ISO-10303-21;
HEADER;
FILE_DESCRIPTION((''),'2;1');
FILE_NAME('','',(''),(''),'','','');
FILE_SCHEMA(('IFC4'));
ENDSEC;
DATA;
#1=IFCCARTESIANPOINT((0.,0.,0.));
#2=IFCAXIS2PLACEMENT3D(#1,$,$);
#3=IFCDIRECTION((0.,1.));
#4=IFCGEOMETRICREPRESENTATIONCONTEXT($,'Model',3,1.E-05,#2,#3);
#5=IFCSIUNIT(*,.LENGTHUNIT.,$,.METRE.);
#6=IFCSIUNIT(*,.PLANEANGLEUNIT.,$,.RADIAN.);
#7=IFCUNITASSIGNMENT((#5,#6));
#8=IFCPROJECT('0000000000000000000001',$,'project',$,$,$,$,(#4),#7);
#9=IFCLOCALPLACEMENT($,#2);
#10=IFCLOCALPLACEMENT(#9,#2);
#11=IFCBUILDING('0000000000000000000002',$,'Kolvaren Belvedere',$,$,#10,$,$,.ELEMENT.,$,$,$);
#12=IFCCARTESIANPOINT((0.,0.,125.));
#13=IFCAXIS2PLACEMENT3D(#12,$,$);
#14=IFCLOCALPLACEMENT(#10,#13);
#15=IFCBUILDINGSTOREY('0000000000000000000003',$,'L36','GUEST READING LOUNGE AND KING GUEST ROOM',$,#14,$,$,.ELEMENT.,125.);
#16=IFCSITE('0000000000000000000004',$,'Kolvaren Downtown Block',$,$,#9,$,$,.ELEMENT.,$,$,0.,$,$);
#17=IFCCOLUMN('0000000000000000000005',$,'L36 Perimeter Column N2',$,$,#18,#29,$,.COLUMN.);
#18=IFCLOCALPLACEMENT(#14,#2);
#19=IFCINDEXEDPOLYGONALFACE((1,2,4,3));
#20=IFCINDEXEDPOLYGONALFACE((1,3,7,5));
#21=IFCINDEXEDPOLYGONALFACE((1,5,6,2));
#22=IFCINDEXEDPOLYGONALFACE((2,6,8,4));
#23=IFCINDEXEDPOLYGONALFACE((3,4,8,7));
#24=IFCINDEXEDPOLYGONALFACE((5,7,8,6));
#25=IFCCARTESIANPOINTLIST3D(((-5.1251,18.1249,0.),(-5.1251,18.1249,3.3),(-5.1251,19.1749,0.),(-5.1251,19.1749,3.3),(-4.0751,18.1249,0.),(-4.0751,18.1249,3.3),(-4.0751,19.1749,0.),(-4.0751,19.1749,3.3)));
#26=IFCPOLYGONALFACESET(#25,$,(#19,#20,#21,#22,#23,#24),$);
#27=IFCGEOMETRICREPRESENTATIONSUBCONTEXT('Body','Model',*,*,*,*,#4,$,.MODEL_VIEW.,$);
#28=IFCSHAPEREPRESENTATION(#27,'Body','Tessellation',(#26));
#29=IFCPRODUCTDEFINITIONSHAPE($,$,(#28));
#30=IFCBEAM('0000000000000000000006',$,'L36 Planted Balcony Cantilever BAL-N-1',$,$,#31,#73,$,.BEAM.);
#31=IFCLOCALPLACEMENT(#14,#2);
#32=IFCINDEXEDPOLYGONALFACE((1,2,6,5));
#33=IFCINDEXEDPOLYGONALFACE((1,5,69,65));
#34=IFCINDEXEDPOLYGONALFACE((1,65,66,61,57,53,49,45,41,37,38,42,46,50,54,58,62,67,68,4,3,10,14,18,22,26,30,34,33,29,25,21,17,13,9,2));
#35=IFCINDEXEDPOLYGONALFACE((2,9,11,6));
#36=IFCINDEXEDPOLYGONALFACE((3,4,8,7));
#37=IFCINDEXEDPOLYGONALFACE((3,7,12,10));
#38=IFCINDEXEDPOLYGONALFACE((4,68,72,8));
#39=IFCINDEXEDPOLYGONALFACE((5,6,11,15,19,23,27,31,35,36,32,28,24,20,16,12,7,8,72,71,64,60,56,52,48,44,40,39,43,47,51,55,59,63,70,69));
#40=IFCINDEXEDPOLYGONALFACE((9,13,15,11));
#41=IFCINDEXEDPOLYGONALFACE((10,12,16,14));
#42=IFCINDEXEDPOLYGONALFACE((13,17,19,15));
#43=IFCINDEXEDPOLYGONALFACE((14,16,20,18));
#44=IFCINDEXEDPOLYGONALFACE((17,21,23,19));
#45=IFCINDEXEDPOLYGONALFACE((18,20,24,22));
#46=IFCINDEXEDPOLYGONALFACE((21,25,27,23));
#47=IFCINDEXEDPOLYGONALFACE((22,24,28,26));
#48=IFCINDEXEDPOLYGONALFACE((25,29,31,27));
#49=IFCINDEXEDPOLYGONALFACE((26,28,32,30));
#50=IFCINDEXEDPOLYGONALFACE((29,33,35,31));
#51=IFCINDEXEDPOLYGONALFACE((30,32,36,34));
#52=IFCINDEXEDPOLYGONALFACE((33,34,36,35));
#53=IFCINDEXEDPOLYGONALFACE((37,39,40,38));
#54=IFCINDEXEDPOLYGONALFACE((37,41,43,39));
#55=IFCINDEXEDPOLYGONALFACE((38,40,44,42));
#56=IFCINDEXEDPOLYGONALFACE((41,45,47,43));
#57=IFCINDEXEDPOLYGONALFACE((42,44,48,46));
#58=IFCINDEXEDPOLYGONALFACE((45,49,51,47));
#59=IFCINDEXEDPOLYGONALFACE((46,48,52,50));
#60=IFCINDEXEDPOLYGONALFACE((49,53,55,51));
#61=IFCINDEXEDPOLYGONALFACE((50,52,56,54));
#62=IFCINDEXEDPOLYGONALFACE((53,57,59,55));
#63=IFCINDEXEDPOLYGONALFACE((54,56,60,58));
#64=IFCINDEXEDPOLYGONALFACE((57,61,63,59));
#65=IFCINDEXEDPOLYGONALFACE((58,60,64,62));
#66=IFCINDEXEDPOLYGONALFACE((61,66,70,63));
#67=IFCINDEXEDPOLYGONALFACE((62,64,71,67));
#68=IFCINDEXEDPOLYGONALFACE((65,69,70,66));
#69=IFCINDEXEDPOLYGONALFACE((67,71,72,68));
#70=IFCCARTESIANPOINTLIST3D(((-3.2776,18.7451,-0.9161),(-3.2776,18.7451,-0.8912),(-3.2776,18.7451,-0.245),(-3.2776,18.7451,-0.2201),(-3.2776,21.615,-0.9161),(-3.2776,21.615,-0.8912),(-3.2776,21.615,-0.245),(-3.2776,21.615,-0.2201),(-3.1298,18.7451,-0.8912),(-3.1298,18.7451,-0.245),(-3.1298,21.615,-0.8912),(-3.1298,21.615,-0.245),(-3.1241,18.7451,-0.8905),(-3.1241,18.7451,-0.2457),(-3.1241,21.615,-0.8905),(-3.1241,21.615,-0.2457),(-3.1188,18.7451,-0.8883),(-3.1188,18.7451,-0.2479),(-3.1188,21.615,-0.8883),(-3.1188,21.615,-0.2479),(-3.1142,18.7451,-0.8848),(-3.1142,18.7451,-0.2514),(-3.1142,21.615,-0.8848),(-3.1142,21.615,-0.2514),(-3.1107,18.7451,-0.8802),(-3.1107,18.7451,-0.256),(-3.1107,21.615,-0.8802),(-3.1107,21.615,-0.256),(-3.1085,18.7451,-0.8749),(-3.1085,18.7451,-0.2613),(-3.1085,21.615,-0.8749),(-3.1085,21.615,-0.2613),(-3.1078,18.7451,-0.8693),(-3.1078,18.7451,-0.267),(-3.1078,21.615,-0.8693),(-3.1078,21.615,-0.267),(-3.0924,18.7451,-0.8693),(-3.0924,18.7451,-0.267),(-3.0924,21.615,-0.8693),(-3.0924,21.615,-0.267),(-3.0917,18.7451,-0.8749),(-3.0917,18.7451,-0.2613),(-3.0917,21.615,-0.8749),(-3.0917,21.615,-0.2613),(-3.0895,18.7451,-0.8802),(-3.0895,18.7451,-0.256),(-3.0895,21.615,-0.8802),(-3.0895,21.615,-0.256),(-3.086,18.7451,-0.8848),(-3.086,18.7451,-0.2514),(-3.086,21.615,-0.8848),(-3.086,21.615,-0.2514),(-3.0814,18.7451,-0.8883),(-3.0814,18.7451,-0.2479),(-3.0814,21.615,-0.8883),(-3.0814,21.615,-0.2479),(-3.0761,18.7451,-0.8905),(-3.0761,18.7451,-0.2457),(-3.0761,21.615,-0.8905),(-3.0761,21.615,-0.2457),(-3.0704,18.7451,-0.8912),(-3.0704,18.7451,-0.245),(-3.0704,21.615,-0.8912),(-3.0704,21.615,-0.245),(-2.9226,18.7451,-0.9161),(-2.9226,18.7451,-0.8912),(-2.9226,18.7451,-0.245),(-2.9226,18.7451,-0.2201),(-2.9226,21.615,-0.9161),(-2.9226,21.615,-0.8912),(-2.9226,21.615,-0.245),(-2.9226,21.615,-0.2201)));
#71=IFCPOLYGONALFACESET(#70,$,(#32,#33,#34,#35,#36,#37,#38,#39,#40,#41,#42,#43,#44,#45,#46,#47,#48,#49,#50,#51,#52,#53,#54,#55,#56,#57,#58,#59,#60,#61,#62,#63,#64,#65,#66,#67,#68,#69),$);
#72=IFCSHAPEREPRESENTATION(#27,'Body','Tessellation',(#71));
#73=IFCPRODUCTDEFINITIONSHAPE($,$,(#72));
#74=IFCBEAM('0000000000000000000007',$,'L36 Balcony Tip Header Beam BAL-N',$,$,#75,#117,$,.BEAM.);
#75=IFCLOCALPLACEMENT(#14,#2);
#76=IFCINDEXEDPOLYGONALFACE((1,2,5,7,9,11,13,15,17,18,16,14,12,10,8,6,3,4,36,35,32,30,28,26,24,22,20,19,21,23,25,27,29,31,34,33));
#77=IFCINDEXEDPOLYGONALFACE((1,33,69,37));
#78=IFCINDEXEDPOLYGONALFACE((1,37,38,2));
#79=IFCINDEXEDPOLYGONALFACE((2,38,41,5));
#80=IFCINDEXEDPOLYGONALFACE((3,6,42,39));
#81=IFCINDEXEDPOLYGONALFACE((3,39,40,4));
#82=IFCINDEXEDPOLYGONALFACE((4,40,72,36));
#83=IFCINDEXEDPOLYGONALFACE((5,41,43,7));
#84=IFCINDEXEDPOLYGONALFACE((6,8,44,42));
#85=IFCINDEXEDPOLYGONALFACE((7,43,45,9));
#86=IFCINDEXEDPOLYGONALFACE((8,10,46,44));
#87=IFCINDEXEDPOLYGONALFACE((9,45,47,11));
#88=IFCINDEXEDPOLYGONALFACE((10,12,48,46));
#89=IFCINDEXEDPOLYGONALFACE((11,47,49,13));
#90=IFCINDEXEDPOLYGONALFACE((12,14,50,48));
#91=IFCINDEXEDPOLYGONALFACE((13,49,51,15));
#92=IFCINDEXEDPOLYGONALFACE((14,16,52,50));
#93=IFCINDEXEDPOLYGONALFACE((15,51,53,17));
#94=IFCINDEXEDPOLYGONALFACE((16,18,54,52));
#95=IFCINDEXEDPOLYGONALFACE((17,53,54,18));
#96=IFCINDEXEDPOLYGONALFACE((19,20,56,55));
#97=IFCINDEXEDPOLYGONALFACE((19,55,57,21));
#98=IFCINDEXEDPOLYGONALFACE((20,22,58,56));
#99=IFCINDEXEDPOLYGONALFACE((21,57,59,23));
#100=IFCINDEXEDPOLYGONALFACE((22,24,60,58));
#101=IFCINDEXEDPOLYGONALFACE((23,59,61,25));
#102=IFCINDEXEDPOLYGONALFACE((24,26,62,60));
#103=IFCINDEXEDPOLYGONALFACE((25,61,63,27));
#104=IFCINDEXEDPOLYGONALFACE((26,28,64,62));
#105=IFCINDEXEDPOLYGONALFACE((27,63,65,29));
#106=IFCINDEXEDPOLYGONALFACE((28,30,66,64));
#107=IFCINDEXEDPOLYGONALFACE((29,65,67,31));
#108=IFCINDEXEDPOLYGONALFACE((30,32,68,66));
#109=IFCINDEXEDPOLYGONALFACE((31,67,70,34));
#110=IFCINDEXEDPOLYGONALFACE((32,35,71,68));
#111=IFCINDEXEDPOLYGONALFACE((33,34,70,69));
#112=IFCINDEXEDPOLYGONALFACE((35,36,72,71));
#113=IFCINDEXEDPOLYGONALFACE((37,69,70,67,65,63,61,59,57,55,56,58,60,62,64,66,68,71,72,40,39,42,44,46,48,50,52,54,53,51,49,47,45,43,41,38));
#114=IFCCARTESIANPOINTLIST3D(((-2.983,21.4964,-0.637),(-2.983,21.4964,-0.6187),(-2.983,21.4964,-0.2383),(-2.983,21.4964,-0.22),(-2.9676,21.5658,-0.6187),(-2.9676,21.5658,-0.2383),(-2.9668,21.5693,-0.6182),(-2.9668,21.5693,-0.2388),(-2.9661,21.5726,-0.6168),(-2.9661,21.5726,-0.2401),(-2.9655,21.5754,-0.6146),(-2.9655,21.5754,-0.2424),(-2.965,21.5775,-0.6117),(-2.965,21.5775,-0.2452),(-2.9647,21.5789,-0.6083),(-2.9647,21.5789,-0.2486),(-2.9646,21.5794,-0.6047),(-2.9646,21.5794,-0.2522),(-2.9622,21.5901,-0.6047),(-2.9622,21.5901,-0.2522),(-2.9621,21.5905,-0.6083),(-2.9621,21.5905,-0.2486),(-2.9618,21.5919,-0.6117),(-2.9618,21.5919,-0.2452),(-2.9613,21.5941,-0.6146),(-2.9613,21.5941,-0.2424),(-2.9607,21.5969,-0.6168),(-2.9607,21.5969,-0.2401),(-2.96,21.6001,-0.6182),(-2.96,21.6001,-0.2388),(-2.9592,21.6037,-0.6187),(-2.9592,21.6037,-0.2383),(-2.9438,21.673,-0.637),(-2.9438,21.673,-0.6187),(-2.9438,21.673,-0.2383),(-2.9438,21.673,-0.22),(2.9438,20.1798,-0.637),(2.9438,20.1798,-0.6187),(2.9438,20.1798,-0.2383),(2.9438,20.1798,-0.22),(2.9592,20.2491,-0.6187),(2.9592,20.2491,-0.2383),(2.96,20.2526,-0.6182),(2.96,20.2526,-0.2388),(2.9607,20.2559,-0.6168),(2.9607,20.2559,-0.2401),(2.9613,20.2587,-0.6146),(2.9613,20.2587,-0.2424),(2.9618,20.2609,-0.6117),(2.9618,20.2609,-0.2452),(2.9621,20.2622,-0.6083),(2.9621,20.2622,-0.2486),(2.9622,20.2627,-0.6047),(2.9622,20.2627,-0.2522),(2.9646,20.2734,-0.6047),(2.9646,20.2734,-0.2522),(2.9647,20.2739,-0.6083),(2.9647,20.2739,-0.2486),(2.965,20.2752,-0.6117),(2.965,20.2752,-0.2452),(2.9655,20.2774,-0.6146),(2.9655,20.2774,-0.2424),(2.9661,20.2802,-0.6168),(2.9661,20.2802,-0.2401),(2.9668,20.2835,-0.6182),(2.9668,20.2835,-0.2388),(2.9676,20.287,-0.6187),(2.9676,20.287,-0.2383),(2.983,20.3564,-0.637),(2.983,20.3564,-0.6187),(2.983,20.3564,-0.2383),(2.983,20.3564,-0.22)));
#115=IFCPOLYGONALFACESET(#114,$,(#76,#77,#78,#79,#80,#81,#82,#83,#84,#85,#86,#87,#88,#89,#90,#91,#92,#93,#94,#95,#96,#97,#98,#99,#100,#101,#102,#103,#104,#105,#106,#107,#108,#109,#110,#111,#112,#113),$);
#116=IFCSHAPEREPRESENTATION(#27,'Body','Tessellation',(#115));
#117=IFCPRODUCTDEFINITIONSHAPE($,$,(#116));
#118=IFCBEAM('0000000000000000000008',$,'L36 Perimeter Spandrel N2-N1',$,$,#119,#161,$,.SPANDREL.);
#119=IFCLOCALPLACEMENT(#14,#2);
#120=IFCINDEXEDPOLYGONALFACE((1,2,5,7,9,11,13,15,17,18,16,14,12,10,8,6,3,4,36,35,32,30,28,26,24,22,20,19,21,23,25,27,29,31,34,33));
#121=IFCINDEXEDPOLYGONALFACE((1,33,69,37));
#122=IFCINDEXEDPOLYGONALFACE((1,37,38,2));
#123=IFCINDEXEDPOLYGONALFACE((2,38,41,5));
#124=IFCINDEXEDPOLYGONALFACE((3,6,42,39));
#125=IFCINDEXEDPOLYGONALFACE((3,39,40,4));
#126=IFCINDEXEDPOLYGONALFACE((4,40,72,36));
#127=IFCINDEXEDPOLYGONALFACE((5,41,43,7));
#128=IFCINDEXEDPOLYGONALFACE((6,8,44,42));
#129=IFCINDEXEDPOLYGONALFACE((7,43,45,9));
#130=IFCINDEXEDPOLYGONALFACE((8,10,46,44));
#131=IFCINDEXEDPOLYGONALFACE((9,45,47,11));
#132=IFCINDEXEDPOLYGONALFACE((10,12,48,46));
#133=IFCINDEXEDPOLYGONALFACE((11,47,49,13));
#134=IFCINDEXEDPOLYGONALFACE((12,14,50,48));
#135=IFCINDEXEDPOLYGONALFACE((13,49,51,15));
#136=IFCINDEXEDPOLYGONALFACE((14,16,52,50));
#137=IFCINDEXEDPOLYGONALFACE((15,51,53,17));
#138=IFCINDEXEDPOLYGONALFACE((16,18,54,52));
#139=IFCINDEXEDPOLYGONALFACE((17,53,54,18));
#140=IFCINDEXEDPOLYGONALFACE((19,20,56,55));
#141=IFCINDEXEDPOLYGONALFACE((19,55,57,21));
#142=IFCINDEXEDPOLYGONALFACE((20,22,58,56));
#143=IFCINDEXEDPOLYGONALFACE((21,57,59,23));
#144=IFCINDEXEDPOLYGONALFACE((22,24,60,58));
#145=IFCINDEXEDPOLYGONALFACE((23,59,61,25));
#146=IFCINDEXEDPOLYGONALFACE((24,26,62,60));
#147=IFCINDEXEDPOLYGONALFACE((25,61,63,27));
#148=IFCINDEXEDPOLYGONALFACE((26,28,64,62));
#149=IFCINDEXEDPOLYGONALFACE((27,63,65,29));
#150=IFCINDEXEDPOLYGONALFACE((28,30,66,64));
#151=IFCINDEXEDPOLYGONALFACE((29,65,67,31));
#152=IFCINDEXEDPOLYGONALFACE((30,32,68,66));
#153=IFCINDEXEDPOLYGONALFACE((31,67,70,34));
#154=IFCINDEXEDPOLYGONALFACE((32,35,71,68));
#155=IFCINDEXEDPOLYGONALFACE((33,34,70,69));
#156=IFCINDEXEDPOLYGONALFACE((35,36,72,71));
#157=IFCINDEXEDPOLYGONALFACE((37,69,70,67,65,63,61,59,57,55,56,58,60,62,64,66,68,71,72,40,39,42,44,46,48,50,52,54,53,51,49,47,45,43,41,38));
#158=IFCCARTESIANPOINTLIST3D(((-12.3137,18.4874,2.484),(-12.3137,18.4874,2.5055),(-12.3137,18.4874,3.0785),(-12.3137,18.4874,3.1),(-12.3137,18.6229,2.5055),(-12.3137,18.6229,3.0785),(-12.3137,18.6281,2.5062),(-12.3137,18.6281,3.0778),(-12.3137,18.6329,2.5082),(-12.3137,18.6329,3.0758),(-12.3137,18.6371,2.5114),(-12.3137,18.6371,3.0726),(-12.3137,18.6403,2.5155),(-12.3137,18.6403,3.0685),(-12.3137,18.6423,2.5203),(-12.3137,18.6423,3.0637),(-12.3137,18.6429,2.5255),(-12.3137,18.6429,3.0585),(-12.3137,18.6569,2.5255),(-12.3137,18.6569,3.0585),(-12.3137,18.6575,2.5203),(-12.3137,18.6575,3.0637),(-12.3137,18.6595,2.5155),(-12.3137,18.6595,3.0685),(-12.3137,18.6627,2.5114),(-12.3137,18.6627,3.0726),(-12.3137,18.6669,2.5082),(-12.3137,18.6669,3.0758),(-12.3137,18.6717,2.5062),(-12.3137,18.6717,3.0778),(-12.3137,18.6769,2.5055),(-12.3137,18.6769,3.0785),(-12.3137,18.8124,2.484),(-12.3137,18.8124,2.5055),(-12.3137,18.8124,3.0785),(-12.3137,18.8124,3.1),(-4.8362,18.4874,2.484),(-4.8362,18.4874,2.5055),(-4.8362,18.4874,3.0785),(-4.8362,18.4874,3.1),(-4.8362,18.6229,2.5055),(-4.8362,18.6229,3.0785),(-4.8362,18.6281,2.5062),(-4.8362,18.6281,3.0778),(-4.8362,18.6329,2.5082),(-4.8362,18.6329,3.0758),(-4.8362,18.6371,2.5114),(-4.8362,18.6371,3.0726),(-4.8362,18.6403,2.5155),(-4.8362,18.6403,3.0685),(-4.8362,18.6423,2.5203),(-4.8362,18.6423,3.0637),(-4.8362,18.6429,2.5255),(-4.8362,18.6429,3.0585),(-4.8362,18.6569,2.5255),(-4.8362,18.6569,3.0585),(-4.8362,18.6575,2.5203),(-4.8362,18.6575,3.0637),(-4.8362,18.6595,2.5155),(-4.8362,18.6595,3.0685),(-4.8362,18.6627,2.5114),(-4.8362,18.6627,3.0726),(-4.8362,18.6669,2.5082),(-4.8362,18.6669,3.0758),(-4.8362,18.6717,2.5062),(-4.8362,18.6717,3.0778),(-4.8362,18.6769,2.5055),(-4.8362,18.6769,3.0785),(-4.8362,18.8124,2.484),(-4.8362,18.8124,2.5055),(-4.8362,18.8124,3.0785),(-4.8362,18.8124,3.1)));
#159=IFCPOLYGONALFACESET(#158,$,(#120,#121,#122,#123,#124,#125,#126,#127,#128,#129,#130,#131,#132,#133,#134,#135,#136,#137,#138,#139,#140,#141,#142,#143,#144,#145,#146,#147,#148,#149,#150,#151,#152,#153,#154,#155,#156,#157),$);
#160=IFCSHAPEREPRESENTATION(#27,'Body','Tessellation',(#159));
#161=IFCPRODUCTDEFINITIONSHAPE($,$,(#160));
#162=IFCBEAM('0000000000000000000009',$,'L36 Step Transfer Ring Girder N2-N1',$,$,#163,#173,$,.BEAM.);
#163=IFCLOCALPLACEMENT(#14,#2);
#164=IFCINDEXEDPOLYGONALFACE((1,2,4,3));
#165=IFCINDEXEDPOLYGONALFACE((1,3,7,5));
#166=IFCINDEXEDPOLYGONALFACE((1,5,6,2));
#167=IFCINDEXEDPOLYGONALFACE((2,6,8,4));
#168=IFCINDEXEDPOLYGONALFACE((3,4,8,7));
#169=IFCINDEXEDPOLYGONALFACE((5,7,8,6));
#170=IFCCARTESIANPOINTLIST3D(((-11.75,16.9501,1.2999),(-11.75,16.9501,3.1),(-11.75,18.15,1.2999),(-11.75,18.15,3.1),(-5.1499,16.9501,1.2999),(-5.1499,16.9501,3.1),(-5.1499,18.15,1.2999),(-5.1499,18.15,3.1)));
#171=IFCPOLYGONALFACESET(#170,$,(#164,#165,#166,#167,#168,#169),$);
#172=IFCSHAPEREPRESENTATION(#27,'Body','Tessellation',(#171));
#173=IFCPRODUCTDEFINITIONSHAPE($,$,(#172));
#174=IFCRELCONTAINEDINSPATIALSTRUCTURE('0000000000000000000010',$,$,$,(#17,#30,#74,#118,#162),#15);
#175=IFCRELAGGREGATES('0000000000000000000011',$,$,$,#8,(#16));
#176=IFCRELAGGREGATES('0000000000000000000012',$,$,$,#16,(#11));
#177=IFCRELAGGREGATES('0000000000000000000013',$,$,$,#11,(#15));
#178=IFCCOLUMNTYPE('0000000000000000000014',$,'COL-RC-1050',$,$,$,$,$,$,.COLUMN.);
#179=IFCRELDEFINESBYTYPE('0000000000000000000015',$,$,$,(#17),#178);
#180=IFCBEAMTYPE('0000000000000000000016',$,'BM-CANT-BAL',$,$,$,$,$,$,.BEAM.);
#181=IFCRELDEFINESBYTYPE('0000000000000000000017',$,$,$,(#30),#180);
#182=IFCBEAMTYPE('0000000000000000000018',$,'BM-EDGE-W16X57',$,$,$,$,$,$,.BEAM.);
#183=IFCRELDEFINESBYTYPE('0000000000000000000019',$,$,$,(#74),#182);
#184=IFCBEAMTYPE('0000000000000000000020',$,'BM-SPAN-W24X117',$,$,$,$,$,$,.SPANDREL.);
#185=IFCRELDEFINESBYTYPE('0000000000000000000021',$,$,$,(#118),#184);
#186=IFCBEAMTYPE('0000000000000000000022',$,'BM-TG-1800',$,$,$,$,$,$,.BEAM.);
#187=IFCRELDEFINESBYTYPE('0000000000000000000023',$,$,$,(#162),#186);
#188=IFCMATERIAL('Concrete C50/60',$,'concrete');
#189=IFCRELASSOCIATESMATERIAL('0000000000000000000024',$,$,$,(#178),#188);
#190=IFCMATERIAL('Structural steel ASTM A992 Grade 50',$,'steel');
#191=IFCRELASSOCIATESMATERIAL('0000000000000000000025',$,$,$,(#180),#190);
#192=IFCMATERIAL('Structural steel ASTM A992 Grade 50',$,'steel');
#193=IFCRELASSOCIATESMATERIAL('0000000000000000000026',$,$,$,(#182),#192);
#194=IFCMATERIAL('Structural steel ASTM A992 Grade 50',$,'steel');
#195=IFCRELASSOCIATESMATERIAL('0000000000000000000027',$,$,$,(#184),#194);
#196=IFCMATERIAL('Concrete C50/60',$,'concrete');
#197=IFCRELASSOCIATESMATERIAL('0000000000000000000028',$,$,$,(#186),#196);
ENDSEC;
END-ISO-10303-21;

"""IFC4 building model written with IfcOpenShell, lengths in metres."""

from ifc_helpers import new_model, si_unit, direction, frame, origin, origin_2d, place, context, subcontext, project, spatial, rectangle, i_section, extrude, material, material_profile, profile_set, type_object, element, save


model = new_model("IFC4")

# Units and contexts
model_context = context("Model", 3, precision=1e-05, world=origin(), true_north=direction((0.0, 1.0)))
body_context = subcontext(model_context, "Body", "Model", "MODEL_VIEW")
ifc_project = project(units=[si_unit("LENGTHUNIT", "METRE"), si_unit("PLANEANGLEUNIT", "RADIAN")], contexts=[model_context])

# Site, building, storey
site_placement = place(None, origin())
site = spatial("IfcSite", under=ifc_project, at=site_placement, Name="Kolvaren Downtown Block", CompositionType="ELEMENT", RefElevation=0.0)
building_placement = place(site_placement, origin())
building = spatial("IfcBuilding", under=site, at=building_placement, Name="Kolvaren Belvedere", CompositionType="ELEMENT")
storey_placement = place(building_placement, frame((0.0, 0.0, 125.0)))
storey = spatial("IfcBuildingStorey", under=building, at=storey_placement, Name="L36", Description="GUEST READING LOUNGE AND KING GUEST ROOM", CompositionType="ELEMENT", Elevation=125.0)

# Column
ifc_material_1 = material(Name="Concrete C50/60", Category="concrete")
ifc_material_profile_1 = material_profile(ifc_material_1, rectangle(XDim=1.05, YDim=1.05, at=origin_2d()), Name="RC 1050X1050")
ifc_profile_set_1 = profile_set([ifc_material_profile_1], Name="Concrete C50/60")
column_type = type_object("IfcColumnType", Name="COL-RC-1050", PredefinedType="COLUMN", material=ifc_profile_set_1)
column_placement = place(storey_placement, frame((-4.6001, 18.6499, 0.0), z_axis=(0.0, 0.0, 1.0), x_axis=(1.0, 0.0, 0.0)))
element("IfcColumn", 1, at=column_placement, inside=storey, type_object=column_type, Name="L36 Perimeter Column N2", PredefinedType="COLUMN", context=body_context, shape_type="SweptSolid", body=[
    extrude(rectangle(XDim=1.05, YDim=1.05, at=origin_2d()), origin(), (0.0, 0.0, 1.0), 3.3),
])

# Beams
ifc_material_2 = material(Name="Structural steel ASTM A992 Grade 50", Category="steel")
ifc_material_profile_2 = material_profile(ifc_material_2, i_section(OverallWidth=0.355, OverallDepth=0.696, WebThickness=0.0154, FlangeThickness=0.0249, FilletRadius=0.022, at=origin_2d()), Name="W27X146")
ifc_profile_set_2 = profile_set([ifc_material_profile_2], Name="Structural steel ASTM A992 Grade 50")
beam_type_1 = type_object("IfcBeamType", Name="BM-CANT-BAL", PredefinedType="BEAM", material=ifc_profile_set_2)
beam_1_placement = place(storey_placement, frame((-3.1001, 18.7451, -0.5681), z_axis=(0.0, 1.0, 0.0), x_axis=(-1.0, 0.0, 0.0)))
element("IfcBeam", 2, at=beam_1_placement, inside=storey, type_object=beam_type_1, Name="L36 Planted Balcony Cantilever BAL-N-1", PredefinedType="BEAM", context=body_context, shape_type="SweptSolid", body=[
    extrude(i_section(OverallWidth=0.355, OverallDepth=0.696, WebThickness=0.0154, FlangeThickness=0.0249, FilletRadius=0.022, at=origin_2d()), origin(), (0.0, 0.0, 1.0), 2.8699),
])
ifc_material_3 = material(Name="Structural steel ASTM A992 Grade 50", Category="steel")
ifc_material_profile_3 = material_profile(ifc_material_3, i_section(OverallWidth=0.1809, OverallDepth=0.417, WebThickness=0.011, FlangeThickness=0.0183, FilletRadius=0.0139, at=origin_2d()), Name="W16X57")
ifc_profile_set_3 = profile_set([ifc_material_profile_3], Name="Structural steel ASTM A992 Grade 50")
beam_type_2 = type_object("IfcBeamType", Name="BM-EDGE-W16X57", PredefinedType="BEAM", material=ifc_profile_set_3)
beam_2_placement = place(storey_placement, frame((-2.9634, 21.5847, -0.4285), z_axis=(0.976201, -0.216867, 0.0), x_axis=(0.216867, 0.976201, 0.0)))
element("IfcBeam", 3, at=beam_2_placement, inside=storey, type_object=beam_type_2, Name="L36 Balcony Tip Header Beam BAL-N", PredefinedType="BEAM", context=body_context, shape_type="SweptSolid", body=[
    extrude(i_section(OverallWidth=0.1809, OverallDepth=0.417, WebThickness=0.011, FlangeThickness=0.0183, FilletRadius=0.0139, at=origin_2d()), origin(), (0.0, 0.0, 1.0), 6.0713),
])
ifc_material_4 = material(Name="Structural steel ASTM A992 Grade 50", Category="steel")
ifc_material_profile_4 = material_profile(ifc_material_4, i_section(OverallWidth=0.325, OverallDepth=0.616, WebThickness=0.0139, FlangeThickness=0.0215, FilletRadius=0.02, at=origin_2d()), Name="W24X117")
ifc_profile_set_4 = profile_set([ifc_material_profile_4], Name="Structural steel ASTM A992 Grade 50")
beam_type_3 = type_object("IfcBeamType", Name="BM-SPAN-W24X117", PredefinedType="SPANDREL", material=ifc_profile_set_4)
beam_3_placement = place(storey_placement, frame((-4.8362, 18.6499, 2.792), z_axis=(-1.0, 0.0, 0.0), x_axis=(0.0, -1.0, 0.0)))
element("IfcBeam", 4, at=beam_3_placement, inside=storey, type_object=beam_type_3, Name="L36 Perimeter Spandrel N2-N1", PredefinedType="SPANDREL", context=body_context, shape_type="SweptSolid", body=[
    extrude(i_section(OverallWidth=0.325, OverallDepth=0.616, WebThickness=0.0139, FlangeThickness=0.0215, FilletRadius=0.02, at=origin_2d()), origin(), (0.0, 0.0, 1.0), 7.4775),
])
ifc_material_5 = material(Name="Concrete C50/60", Category="concrete")
ifc_material_profile_5 = material_profile(ifc_material_5, rectangle(XDim=1.2, YDim=1.8, at=origin_2d()), Name="RC 1200X1800")
ifc_profile_set_5 = profile_set([ifc_material_profile_5], Name="Concrete C50/60")
beam_type_4 = type_object("IfcBeamType", Name="BM-TG-1800", PredefinedType="BEAM", material=ifc_profile_set_5)
beam_4_placement = place(storey_placement, frame((-5.1499, 17.55, 2.2), z_axis=(-1.0, 0.0, 0.0), x_axis=(0.0, -1.0, 0.0)))
element("IfcBeam", 5, at=beam_4_placement, inside=storey, type_object=beam_type_4, Name="L36 Step Transfer Ring Girder N2-N1", PredefinedType="BEAM", context=body_context, shape_type="SweptSolid", body=[
    extrude(rectangle(XDim=1.2, YDim=1.8, at=origin_2d()), origin(), (0.0, 0.0, 1.0), 6.6001),
])

save(model, "model.ifc")
